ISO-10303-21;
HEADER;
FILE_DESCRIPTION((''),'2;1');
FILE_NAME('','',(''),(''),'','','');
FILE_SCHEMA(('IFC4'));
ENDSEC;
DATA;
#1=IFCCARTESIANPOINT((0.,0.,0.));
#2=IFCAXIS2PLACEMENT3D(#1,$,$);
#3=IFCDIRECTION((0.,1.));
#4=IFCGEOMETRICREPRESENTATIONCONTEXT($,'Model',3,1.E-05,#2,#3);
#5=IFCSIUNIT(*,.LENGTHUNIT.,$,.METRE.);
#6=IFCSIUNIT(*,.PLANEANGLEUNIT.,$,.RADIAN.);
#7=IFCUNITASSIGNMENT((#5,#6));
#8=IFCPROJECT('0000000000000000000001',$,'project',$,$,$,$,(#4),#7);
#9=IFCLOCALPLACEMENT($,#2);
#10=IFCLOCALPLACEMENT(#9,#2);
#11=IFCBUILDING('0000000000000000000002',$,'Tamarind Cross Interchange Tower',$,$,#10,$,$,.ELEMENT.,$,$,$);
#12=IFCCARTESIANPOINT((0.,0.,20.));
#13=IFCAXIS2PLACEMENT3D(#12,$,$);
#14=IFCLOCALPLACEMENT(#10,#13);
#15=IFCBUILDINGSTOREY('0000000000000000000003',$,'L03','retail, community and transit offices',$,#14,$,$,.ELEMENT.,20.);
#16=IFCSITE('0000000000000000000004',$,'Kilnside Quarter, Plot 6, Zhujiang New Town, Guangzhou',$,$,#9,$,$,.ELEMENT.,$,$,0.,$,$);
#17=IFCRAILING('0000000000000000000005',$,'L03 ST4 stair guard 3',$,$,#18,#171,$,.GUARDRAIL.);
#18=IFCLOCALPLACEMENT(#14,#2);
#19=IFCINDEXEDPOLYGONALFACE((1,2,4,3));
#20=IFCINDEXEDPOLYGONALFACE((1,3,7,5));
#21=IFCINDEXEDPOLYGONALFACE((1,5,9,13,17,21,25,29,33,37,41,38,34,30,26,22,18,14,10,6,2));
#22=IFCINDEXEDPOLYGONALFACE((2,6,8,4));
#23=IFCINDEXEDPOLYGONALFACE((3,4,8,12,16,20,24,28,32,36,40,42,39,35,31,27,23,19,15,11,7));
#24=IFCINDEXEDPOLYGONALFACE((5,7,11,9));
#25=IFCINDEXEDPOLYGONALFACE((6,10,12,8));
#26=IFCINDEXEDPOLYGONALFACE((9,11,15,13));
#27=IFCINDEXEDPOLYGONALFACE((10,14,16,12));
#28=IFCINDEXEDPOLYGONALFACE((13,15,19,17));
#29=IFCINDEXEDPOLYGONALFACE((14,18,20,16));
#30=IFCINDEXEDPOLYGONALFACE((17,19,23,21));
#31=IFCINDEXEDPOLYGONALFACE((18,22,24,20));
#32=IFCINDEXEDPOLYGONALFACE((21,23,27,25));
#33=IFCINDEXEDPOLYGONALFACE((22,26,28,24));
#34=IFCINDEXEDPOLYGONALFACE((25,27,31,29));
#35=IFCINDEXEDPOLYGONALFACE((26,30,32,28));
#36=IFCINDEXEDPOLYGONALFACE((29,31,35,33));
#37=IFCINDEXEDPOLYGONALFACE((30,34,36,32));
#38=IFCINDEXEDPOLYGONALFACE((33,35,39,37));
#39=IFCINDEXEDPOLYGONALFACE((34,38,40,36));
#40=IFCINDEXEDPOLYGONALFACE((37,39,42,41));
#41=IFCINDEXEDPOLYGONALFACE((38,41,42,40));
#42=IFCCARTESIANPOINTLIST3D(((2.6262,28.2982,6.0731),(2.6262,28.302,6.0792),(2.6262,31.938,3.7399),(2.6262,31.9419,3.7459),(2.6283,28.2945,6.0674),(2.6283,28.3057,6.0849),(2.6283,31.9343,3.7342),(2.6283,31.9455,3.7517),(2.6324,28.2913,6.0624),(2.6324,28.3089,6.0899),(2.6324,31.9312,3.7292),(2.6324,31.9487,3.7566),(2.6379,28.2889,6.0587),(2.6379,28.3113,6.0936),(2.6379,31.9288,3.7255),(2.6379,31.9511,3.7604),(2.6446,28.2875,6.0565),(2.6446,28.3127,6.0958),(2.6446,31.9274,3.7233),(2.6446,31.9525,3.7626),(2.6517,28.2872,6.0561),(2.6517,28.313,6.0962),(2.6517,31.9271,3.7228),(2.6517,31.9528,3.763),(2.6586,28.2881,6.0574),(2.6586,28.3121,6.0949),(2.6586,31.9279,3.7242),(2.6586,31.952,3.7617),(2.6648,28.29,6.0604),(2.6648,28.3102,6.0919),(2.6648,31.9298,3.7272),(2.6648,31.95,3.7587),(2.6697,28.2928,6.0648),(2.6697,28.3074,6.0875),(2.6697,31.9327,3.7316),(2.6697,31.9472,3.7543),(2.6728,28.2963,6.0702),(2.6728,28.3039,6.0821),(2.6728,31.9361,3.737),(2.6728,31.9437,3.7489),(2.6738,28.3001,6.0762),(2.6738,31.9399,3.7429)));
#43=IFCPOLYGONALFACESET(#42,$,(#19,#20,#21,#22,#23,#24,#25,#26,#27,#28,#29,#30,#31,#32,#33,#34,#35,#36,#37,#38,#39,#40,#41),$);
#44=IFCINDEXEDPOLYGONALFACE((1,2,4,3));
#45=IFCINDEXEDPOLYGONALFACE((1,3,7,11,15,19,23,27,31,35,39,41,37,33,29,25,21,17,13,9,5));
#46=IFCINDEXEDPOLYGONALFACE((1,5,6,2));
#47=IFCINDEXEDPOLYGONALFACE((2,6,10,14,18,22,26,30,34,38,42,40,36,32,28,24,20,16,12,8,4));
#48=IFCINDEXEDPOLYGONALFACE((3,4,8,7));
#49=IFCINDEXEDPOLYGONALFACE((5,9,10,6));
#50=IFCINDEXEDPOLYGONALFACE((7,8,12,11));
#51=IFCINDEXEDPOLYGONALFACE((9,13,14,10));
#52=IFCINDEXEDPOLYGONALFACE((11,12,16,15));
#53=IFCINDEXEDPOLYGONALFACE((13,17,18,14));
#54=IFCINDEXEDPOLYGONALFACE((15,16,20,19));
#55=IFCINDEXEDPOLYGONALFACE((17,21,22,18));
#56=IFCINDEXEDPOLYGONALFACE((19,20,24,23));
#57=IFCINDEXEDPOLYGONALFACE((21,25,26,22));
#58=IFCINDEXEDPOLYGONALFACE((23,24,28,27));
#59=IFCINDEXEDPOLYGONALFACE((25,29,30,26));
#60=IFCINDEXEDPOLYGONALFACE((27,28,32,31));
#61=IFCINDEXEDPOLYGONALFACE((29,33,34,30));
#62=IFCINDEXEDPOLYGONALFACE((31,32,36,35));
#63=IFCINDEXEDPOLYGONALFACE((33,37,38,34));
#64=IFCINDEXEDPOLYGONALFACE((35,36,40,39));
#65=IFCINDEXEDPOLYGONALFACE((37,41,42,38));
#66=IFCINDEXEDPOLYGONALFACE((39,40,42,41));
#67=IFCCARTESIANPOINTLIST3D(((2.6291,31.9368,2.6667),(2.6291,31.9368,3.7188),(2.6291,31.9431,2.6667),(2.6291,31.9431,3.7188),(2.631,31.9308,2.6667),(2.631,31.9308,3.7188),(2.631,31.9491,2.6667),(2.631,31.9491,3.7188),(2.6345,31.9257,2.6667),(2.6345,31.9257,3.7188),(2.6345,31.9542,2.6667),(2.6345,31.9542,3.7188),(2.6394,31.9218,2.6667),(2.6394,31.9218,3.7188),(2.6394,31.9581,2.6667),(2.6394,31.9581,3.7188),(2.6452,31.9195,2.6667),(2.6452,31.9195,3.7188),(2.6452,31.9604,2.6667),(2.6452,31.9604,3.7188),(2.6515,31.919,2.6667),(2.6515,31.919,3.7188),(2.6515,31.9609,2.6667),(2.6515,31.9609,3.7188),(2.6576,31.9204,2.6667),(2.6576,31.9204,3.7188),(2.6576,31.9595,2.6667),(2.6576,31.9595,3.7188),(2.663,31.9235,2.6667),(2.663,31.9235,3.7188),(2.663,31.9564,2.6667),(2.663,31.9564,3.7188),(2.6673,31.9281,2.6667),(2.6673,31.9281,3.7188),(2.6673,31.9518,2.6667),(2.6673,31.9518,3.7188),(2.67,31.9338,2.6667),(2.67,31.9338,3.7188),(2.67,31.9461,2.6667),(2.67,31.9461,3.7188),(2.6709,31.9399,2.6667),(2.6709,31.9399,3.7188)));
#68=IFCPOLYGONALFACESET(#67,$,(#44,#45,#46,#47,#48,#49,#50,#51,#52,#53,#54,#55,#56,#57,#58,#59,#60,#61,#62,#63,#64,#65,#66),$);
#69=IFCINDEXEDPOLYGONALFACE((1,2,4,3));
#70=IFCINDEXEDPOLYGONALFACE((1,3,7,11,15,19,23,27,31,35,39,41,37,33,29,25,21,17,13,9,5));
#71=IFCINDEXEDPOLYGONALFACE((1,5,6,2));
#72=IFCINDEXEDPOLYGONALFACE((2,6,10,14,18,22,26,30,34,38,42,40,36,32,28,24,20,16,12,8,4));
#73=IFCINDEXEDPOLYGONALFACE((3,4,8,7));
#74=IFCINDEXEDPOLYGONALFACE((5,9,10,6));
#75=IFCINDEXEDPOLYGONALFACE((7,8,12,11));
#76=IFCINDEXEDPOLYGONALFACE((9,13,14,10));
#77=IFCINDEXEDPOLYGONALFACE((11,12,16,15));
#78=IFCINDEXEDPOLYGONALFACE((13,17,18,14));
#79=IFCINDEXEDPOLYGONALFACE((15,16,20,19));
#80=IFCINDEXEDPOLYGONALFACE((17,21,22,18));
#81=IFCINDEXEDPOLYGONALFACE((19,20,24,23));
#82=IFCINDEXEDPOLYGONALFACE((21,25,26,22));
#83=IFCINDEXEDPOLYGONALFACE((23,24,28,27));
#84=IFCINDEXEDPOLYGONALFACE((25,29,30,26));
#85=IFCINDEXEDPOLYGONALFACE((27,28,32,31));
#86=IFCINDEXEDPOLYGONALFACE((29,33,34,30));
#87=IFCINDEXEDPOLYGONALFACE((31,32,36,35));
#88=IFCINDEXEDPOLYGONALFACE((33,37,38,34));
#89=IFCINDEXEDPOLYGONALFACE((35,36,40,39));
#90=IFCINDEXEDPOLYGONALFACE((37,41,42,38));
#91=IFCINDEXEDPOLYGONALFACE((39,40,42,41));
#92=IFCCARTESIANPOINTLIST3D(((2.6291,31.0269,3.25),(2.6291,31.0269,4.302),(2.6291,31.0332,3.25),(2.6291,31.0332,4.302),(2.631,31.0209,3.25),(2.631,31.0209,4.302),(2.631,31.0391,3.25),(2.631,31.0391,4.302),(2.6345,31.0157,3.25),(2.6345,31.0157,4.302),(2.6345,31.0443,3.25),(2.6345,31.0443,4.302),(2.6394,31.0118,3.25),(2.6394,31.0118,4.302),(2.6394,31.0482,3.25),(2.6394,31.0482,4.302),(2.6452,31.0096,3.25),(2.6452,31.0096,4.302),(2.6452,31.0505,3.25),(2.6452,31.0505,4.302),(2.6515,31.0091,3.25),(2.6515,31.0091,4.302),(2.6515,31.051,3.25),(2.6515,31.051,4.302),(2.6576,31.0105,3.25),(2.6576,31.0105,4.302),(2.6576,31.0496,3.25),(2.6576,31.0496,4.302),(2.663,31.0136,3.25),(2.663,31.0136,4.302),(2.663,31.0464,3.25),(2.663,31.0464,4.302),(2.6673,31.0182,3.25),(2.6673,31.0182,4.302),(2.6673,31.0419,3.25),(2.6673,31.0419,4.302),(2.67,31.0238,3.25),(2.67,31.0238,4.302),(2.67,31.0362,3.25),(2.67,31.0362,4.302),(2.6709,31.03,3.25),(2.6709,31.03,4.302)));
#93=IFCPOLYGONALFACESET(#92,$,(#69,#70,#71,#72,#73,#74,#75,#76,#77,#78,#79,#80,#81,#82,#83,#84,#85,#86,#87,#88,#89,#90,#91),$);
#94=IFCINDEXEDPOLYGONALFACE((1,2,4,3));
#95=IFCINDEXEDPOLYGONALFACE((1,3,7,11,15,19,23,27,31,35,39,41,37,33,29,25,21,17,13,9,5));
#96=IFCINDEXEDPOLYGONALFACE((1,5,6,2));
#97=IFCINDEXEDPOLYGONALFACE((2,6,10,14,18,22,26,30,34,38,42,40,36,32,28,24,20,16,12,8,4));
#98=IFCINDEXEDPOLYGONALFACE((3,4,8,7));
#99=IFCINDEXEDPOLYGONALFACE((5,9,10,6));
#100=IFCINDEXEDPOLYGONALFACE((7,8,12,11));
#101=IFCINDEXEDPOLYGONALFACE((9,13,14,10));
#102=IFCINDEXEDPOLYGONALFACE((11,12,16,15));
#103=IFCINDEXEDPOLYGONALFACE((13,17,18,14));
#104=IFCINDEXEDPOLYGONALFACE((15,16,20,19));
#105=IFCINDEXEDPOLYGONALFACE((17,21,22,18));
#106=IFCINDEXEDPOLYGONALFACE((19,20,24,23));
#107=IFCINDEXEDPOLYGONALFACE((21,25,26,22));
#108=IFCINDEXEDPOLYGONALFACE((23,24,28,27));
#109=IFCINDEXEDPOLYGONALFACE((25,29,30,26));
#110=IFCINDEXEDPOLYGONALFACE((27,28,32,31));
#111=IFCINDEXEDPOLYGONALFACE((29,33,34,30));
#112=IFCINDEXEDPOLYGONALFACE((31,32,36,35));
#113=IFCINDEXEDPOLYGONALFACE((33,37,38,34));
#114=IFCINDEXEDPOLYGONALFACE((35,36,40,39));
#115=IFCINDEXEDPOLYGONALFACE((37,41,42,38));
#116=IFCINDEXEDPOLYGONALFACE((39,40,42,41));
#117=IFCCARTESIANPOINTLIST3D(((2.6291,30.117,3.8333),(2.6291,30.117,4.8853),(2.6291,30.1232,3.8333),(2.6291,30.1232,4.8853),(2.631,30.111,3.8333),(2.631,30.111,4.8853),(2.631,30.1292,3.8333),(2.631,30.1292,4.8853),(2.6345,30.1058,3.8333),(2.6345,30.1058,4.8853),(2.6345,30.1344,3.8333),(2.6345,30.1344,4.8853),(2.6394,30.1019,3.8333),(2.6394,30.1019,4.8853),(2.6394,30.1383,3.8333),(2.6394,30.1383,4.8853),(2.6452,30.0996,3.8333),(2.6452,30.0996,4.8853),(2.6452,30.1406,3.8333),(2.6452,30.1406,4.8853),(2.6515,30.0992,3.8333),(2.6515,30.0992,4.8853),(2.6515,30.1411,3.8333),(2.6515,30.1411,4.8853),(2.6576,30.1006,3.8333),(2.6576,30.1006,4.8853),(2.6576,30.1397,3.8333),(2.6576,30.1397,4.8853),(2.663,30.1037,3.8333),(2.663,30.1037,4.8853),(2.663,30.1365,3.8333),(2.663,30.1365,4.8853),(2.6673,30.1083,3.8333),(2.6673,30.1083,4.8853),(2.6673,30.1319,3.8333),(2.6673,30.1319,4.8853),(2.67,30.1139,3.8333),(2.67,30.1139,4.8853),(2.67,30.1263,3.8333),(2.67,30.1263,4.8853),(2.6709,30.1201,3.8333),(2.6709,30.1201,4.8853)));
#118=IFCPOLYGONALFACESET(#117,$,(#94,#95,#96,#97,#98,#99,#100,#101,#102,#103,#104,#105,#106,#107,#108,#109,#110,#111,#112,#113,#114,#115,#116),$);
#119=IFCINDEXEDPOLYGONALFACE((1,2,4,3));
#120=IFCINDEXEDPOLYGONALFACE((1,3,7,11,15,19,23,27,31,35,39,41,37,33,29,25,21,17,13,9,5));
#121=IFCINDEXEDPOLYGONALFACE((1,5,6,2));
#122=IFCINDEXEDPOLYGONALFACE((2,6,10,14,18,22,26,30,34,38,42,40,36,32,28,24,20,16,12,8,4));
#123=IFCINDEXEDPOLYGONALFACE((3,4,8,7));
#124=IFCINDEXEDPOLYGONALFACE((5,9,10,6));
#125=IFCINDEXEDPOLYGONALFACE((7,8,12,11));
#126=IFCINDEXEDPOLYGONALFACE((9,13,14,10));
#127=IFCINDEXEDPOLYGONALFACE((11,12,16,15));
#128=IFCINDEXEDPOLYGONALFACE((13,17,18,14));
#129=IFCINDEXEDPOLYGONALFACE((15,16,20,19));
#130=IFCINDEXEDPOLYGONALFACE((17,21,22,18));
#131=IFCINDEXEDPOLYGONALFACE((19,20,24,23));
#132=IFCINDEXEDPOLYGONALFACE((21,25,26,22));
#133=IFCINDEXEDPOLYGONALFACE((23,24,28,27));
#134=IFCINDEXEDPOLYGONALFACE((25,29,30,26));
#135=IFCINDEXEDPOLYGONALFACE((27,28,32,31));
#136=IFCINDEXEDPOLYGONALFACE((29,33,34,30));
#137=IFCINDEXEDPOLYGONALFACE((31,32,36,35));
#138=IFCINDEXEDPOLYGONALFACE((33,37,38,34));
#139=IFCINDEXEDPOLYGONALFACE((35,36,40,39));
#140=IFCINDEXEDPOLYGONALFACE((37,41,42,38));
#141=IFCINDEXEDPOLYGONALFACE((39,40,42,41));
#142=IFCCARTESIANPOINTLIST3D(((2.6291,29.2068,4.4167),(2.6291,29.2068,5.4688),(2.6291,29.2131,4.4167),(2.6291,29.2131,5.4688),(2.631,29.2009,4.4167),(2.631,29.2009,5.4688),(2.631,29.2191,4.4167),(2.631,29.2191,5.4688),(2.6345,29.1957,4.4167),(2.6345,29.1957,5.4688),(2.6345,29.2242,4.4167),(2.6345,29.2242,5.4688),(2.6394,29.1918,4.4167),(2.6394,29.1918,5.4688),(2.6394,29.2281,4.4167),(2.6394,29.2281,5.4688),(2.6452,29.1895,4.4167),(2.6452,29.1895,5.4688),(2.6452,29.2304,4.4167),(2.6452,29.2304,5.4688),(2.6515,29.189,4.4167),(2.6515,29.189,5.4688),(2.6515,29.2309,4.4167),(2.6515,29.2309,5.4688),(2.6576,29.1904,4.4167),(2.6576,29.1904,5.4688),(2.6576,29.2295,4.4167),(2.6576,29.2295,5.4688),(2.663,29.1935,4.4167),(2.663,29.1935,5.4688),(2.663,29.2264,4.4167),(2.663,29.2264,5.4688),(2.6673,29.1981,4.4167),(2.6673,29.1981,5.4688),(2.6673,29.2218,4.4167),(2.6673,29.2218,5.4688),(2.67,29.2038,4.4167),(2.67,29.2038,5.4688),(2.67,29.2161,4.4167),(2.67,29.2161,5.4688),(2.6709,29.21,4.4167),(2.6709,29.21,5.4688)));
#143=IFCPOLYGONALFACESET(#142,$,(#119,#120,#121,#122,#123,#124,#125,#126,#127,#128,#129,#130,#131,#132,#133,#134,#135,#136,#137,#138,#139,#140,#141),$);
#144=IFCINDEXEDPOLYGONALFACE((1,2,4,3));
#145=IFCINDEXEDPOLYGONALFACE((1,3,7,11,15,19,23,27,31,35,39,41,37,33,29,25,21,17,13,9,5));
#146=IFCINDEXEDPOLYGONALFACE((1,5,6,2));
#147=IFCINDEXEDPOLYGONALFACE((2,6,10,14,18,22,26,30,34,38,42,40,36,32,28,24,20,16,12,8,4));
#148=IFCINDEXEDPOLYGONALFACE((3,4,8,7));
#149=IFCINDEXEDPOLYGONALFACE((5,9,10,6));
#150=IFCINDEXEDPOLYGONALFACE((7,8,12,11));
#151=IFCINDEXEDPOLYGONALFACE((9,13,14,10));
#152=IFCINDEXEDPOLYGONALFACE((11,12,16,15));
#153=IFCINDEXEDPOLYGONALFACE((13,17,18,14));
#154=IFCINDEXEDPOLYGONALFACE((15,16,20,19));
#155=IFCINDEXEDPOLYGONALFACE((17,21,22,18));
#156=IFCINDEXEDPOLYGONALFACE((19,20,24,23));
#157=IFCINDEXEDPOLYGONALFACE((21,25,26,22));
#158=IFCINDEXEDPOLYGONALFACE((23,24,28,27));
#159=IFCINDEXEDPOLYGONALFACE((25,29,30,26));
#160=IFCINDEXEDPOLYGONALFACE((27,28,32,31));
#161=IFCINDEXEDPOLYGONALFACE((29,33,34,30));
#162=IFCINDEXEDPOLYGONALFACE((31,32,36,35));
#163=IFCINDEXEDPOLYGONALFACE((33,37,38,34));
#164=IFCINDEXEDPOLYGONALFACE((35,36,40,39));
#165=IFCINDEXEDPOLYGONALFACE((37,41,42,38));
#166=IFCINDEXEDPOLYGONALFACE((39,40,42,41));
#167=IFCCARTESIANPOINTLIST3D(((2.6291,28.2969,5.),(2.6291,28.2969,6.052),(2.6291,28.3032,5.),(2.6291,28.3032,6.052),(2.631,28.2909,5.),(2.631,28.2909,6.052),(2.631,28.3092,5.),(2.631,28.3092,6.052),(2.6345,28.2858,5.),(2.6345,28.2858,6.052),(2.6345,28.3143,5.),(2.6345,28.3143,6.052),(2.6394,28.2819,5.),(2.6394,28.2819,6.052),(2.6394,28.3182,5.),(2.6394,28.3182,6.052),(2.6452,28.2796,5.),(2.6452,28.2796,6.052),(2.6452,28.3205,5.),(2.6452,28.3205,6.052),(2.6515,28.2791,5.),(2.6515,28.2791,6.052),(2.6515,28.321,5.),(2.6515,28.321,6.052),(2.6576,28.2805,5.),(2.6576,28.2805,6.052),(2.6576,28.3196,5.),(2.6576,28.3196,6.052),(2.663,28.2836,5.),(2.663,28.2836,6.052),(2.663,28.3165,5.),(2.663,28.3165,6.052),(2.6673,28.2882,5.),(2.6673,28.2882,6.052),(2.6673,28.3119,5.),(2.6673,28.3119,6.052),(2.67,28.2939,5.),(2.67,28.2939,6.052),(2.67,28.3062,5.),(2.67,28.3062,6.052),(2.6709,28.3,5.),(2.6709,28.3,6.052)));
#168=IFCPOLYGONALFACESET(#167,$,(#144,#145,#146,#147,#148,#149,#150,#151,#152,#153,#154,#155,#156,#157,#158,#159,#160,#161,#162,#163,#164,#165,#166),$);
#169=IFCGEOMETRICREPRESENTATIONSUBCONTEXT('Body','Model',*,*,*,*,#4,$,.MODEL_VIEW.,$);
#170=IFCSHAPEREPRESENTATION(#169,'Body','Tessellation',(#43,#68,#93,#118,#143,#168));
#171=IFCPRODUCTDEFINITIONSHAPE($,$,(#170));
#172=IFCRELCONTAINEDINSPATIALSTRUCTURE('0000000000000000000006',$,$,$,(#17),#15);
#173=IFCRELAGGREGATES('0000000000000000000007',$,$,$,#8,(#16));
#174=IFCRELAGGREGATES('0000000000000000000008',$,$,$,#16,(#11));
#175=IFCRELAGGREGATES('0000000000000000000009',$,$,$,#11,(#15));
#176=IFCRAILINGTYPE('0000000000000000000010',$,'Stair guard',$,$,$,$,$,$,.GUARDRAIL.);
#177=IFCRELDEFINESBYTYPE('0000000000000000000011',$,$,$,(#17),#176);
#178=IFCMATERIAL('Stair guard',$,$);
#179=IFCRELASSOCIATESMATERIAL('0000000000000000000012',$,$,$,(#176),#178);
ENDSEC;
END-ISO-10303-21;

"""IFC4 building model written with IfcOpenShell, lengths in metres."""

from ifc_helpers import new_model, si_unit, direction, frame, origin, origin_2d, place, context, subcontext, project, spatial, circle, extrude, material, type_object, element, save


model = new_model("IFC4")

# Units and contexts
model_context = context("Model", 3, precision=1e-05, world=origin(), true_north=direction((0.0, 1.0)))
body_context = subcontext(model_context, "Body", "Model", "MODEL_VIEW")
ifc_project = project(units=[si_unit("LENGTHUNIT", "METRE"), si_unit("PLANEANGLEUNIT", "RADIAN")], contexts=[model_context])

# Site, building, storey
site_placement = place(None, origin())
site = spatial("IfcSite", under=ifc_project, at=site_placement, Name="Kilnside Quarter, Plot 6, Zhujiang New Town, Guangzhou", CompositionType="ELEMENT", RefElevation=0.0)
building_placement = place(site_placement, origin())
building = spatial("IfcBuilding", under=site, at=building_placement, Name="Tamarind Cross Interchange Tower", CompositionType="ELEMENT")
storey_placement = place(building_placement, frame((0.0, 0.0, 20.0)))
storey = spatial("IfcBuildingStorey", under=building, at=storey_placement, Name="L03", Description="retail, community and transit offices", CompositionType="ELEMENT", Elevation=20.0)

# Railing
ifc_material_1 = material(Name="Stair guard")
railing_type_1 = type_object("IfcRailingType", Name="Stair guard", PredefinedType="GUARDRAIL", material=ifc_material_1)
railing_1_placement = place(storey_placement, frame((2.6499, 31.9399, 2.6667)))
element("IfcRailing", 1, at=railing_1_placement, inside=storey, type_object=railing_type_1, Name="L03 ST4 stair guard 3", PredefinedType="GUARDRAIL", context=body_context, shape_type="SweptSolid", body=[
    extrude(circle(Radius=0.0239, at=origin_2d()), frame((0.0, 0.0, 1.0762), z_axis=(0.0, -0.84188, 0.539664), x_axis=(1.0, 0.0, 0.0)), (0.0, 0.0, 1.0), 4.3235),
    extrude(circle(Radius=0.021, at=origin_2d()), origin(), (0.0, 0.0, 1.0), 1.052),
    extrude(circle(Radius=0.021, at=origin_2d()), frame((0.0, -0.9099, 0.5833)), (0.0, 0.0, 1.0), 1.052),
    extrude(circle(Radius=0.021, at=origin_2d()), frame((0.0, -1.8198, 1.1665)), (0.0, 0.0, 1.0), 1.052),
    extrude(circle(Radius=0.021, at=origin_2d()), frame((0.0, -2.73, 1.75)), (0.0, 0.0, 1.0), 1.052),
    extrude(circle(Radius=0.021, at=origin_2d()), frame((0.0, -3.6399, 2.3333)), (0.0, 0.0, 1.0), 1.052),
])

save(model, "model.ifc")
